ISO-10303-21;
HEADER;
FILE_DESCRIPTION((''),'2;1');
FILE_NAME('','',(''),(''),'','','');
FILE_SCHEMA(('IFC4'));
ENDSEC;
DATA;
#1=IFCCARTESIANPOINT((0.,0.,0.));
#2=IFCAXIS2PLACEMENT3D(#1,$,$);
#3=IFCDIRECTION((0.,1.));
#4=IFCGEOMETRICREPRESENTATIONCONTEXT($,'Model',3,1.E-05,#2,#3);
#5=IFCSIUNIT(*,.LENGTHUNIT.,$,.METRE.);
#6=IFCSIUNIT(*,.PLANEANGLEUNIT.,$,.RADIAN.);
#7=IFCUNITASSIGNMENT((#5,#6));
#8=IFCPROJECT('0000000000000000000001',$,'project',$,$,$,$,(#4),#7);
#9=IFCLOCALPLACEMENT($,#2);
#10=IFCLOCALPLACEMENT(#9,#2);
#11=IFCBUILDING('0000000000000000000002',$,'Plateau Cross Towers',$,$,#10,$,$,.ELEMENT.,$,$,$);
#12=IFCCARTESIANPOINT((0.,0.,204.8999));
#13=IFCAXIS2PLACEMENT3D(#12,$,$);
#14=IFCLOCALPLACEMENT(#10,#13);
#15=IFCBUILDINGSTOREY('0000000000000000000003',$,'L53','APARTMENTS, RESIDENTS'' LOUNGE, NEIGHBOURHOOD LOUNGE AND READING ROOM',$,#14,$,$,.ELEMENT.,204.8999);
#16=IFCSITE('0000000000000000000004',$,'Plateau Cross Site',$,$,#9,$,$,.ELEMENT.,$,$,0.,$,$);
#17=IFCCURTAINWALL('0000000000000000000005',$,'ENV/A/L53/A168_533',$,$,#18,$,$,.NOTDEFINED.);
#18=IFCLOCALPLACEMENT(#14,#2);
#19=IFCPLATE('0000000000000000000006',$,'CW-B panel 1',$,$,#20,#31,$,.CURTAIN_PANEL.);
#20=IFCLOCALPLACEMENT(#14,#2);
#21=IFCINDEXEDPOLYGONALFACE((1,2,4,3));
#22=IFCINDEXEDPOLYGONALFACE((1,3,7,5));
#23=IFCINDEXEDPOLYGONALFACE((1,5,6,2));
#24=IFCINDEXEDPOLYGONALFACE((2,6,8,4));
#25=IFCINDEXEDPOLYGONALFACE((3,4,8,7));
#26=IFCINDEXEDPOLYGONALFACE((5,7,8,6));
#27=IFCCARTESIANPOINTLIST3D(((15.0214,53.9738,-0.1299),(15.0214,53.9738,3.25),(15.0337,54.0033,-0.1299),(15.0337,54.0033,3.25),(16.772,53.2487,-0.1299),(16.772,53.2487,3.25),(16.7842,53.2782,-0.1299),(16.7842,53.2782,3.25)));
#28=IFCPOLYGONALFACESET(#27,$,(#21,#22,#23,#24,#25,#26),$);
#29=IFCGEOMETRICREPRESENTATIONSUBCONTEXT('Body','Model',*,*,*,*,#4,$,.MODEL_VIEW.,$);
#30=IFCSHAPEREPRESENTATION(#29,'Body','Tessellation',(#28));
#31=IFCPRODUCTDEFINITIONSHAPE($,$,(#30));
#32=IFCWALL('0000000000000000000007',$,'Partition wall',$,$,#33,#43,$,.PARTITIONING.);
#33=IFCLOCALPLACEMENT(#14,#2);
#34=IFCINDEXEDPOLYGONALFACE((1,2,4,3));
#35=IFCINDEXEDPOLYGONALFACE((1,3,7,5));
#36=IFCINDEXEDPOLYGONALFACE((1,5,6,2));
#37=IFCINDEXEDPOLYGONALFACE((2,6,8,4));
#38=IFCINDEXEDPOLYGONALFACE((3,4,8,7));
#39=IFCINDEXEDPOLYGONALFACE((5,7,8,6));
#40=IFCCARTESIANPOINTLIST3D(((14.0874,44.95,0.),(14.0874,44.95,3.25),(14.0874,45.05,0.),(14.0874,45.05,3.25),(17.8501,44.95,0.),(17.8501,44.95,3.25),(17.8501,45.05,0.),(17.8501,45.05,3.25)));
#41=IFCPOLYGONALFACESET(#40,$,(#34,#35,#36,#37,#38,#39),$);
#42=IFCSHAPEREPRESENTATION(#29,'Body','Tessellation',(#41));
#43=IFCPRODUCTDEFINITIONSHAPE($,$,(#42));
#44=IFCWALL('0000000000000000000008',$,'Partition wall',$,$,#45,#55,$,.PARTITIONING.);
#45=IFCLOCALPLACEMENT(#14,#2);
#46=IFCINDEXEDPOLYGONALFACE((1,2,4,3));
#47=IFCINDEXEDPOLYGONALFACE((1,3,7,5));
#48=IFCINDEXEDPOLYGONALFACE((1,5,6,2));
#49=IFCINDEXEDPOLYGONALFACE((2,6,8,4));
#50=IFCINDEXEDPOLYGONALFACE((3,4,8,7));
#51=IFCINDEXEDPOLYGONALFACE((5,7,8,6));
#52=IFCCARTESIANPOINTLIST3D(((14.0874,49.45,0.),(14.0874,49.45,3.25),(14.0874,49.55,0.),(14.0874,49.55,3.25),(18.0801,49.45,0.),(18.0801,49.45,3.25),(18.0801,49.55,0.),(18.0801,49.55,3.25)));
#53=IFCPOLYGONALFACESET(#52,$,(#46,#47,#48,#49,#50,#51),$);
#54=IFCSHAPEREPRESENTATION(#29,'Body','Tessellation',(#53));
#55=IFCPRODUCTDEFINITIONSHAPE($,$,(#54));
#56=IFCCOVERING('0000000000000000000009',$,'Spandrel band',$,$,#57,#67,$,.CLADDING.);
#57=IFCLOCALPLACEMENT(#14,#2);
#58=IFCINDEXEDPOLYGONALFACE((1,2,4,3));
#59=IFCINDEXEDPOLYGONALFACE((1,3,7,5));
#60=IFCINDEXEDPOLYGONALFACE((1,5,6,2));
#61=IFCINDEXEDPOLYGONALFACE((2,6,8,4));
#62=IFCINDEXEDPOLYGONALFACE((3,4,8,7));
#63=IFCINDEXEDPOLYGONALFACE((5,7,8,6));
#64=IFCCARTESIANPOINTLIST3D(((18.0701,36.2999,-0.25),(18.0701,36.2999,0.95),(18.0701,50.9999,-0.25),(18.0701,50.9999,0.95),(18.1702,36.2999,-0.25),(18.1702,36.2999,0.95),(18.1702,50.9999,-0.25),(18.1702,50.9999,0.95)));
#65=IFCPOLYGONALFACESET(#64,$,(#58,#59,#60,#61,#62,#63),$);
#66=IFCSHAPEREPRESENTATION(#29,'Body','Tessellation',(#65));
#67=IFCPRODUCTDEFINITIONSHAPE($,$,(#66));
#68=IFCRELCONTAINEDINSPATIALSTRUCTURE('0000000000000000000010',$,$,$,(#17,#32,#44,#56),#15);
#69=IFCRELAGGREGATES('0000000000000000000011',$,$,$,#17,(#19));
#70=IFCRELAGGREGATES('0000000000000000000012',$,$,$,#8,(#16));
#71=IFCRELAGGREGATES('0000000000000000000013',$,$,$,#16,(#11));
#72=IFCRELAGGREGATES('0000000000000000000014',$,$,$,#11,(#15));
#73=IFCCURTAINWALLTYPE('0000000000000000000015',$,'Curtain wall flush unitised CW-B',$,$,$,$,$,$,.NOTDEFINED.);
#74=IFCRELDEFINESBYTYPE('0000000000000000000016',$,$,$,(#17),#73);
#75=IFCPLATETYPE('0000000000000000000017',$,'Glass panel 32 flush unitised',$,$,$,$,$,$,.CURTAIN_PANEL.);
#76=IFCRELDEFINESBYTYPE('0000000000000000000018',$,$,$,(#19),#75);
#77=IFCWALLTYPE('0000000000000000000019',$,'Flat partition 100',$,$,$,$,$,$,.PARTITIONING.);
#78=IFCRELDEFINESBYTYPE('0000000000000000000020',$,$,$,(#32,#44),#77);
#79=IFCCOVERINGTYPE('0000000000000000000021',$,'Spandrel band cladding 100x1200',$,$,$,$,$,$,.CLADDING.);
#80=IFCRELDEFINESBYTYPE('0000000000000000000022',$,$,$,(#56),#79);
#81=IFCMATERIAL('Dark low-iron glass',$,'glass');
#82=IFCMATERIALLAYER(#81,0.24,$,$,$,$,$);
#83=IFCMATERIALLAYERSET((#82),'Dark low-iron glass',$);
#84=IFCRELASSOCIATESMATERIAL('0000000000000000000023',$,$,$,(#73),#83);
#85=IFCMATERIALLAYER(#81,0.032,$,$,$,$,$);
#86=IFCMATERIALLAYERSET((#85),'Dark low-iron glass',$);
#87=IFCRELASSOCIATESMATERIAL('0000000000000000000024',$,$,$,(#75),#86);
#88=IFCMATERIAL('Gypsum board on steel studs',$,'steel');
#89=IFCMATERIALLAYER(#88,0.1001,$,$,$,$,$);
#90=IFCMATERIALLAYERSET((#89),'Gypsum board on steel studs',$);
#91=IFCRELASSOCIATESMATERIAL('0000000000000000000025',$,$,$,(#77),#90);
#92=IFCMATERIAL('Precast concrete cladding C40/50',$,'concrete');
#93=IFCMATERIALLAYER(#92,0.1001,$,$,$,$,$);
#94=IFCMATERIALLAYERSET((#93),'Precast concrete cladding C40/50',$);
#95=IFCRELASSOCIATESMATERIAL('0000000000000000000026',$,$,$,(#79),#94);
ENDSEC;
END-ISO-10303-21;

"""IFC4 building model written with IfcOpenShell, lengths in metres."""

from ifc_helpers import new_model, si_unit, direction, frame, frame_2d, origin, origin_2d, place, context, subcontext, project, spatial, rectangle, extrude, material, layer, layer_set, type_object, element, aggregate, save


model = new_model("IFC4")

# Units and contexts
model_context = context("Model", 3, precision=1e-05, world=origin(), true_north=direction((0.0, 1.0)))
body_context = subcontext(model_context, "Body", "Model", "MODEL_VIEW")
ifc_project = project(units=[si_unit("LENGTHUNIT", "METRE"), si_unit("PLANEANGLEUNIT", "RADIAN")], contexts=[model_context])

# Site, building, storey
site_placement = place(None, origin())
site = spatial("IfcSite", under=ifc_project, at=site_placement, Name="Plateau Cross Site", CompositionType="ELEMENT", RefElevation=0.0)
building_placement = place(site_placement, origin())
building = spatial("IfcBuilding", under=site, at=building_placement, Name="Plateau Cross Towers", CompositionType="ELEMENT")
storey_placement = place(building_placement, frame((0.0, 0.0, 204.8999)))
storey = spatial("IfcBuildingStorey", under=building, at=storey_placement, Name="L53", Description="APARTMENTS, RESIDENTS' LOUNGE, NEIGHBOURHOOD LOUNGE AND READING ROOM", CompositionType="ELEMENT", Elevation=204.8999)

# Shared definitions
ifc_material_1 = material(Name="Dark low-iron glass", Category="glass")
ifc_layer_1 = layer(ifc_material_1, 0.24)
ifc_layer_set_1 = layer_set([ifc_layer_1], Name="Dark low-iron glass")
curtain_wall_type = type_object("IfcCurtainWallType", Name="Curtain wall flush unitised CW-B", PredefinedType="NOTDEFINED", material=ifc_layer_set_1)

# Curtain wall
curtain_wall_1_placement = place(storey_placement, origin())
curtain_wall_1 = element("IfcCurtainWall", 1, at=curtain_wall_1_placement, inside=storey, type_object=curtain_wall_type, Name="ENV/A/L53/A168_533", PredefinedType="NOTDEFINED")

# Plate
ifc_layer_2 = layer(ifc_material_1, 0.032)
ifc_layer_set_2 = layer_set([ifc_layer_2], Name="Dark low-iron glass")
plate_type = type_object("IfcPlateType", Name="Glass panel 32 flush unitised", PredefinedType="CURTAIN_PANEL", material=ifc_layer_set_2)
plate_1_placement = place(storey_placement, frame((15.9028, 53.626, -0.1299), z_axis=(0.0, 0.0, 1.0), x_axis=(-0.923879, 0.382684, 0.0)))
plate_1 = element("IfcPlate", 2, at=plate_1_placement, type_object=plate_type, Name="CW-B panel 1", PredefinedType="CURTAIN_PANEL", context=body_context, shape_type="SweptSolid", body=[
    extrude(rectangle(XDim=1.8948, YDim=0.032, at=origin_2d()), origin(), (0.0, 0.0, 1.0), 3.3799),
])
aggregate(curtain_wall_1, [plate_1])

# Walls
ifc_material_2 = material(Name="Gypsum board on steel studs", Category="steel")
ifc_layer_3 = layer(ifc_material_2, 0.1001)
ifc_layer_set_3 = layer_set([ifc_layer_3], Name="Gypsum board on steel studs")
wall_type_1 = type_object("IfcWallType", Name="Flat partition 100", PredefinedType="PARTITIONING", material=ifc_layer_set_3)
wall_1_placement = place(storey_placement, frame((17.8501, 45.0, 0.0), z_axis=(0.0, 0.0, 1.0), x_axis=(-1.0, 0.0, 0.0)))
element("IfcWall", 3, at=wall_1_placement, inside=storey, type_object=wall_type_1, Name="Partition wall", PredefinedType="PARTITIONING", context=body_context, shape_type="SweptSolid", body=[
    extrude(rectangle(XDim=3.7627, YDim=0.1001, at=frame_2d((1.8813, 0.0))), origin(), (0.0, 0.0, 1.0), 3.25),
])
wall_2_placement = place(storey_placement, frame((18.0801, 49.5, 0.0), z_axis=(0.0, 0.0, 1.0), x_axis=(-1.0, 0.0, 0.0)))
element("IfcWall", 4, at=wall_2_placement, inside=storey, type_object=wall_type_1, Name="Partition wall", PredefinedType="PARTITIONING", context=body_context, shape_type="SweptSolid", body=[
    extrude(rectangle(XDim=3.9927, YDim=0.1001, at=frame_2d((1.9963, 0.0))), origin(), (0.0, 0.0, 1.0), 3.25),
])

# Covering
ifc_material_3 = material(Name="Precast concrete cladding C40/50", Category="concrete")
ifc_layer_4 = layer(ifc_material_3, 0.1001)
ifc_layer_set_4 = layer_set([ifc_layer_4], Name="Precast concrete cladding C40/50")
covering_type = type_object("IfcCoveringType", Name="Spandrel band cladding 100x1200", PredefinedType="CLADDING", material=ifc_layer_set_4)
covering_placement = place(storey_placement, frame((18.1201, 43.6499, -0.25), z_axis=(0.0, 0.0, 1.0), x_axis=(0.0, 1.0, 0.0)))
element("IfcCovering", 5, at=covering_placement, inside=storey, type_object=covering_type, Name="Spandrel band", PredefinedType="CLADDING", context=body_context, shape_type="SweptSolid", body=[
    extrude(rectangle(XDim=14.7, YDim=0.1001, at=origin_2d()), origin(), (0.0, 0.0, 1.0), 1.2),
])

save(model, "model.ifc")
